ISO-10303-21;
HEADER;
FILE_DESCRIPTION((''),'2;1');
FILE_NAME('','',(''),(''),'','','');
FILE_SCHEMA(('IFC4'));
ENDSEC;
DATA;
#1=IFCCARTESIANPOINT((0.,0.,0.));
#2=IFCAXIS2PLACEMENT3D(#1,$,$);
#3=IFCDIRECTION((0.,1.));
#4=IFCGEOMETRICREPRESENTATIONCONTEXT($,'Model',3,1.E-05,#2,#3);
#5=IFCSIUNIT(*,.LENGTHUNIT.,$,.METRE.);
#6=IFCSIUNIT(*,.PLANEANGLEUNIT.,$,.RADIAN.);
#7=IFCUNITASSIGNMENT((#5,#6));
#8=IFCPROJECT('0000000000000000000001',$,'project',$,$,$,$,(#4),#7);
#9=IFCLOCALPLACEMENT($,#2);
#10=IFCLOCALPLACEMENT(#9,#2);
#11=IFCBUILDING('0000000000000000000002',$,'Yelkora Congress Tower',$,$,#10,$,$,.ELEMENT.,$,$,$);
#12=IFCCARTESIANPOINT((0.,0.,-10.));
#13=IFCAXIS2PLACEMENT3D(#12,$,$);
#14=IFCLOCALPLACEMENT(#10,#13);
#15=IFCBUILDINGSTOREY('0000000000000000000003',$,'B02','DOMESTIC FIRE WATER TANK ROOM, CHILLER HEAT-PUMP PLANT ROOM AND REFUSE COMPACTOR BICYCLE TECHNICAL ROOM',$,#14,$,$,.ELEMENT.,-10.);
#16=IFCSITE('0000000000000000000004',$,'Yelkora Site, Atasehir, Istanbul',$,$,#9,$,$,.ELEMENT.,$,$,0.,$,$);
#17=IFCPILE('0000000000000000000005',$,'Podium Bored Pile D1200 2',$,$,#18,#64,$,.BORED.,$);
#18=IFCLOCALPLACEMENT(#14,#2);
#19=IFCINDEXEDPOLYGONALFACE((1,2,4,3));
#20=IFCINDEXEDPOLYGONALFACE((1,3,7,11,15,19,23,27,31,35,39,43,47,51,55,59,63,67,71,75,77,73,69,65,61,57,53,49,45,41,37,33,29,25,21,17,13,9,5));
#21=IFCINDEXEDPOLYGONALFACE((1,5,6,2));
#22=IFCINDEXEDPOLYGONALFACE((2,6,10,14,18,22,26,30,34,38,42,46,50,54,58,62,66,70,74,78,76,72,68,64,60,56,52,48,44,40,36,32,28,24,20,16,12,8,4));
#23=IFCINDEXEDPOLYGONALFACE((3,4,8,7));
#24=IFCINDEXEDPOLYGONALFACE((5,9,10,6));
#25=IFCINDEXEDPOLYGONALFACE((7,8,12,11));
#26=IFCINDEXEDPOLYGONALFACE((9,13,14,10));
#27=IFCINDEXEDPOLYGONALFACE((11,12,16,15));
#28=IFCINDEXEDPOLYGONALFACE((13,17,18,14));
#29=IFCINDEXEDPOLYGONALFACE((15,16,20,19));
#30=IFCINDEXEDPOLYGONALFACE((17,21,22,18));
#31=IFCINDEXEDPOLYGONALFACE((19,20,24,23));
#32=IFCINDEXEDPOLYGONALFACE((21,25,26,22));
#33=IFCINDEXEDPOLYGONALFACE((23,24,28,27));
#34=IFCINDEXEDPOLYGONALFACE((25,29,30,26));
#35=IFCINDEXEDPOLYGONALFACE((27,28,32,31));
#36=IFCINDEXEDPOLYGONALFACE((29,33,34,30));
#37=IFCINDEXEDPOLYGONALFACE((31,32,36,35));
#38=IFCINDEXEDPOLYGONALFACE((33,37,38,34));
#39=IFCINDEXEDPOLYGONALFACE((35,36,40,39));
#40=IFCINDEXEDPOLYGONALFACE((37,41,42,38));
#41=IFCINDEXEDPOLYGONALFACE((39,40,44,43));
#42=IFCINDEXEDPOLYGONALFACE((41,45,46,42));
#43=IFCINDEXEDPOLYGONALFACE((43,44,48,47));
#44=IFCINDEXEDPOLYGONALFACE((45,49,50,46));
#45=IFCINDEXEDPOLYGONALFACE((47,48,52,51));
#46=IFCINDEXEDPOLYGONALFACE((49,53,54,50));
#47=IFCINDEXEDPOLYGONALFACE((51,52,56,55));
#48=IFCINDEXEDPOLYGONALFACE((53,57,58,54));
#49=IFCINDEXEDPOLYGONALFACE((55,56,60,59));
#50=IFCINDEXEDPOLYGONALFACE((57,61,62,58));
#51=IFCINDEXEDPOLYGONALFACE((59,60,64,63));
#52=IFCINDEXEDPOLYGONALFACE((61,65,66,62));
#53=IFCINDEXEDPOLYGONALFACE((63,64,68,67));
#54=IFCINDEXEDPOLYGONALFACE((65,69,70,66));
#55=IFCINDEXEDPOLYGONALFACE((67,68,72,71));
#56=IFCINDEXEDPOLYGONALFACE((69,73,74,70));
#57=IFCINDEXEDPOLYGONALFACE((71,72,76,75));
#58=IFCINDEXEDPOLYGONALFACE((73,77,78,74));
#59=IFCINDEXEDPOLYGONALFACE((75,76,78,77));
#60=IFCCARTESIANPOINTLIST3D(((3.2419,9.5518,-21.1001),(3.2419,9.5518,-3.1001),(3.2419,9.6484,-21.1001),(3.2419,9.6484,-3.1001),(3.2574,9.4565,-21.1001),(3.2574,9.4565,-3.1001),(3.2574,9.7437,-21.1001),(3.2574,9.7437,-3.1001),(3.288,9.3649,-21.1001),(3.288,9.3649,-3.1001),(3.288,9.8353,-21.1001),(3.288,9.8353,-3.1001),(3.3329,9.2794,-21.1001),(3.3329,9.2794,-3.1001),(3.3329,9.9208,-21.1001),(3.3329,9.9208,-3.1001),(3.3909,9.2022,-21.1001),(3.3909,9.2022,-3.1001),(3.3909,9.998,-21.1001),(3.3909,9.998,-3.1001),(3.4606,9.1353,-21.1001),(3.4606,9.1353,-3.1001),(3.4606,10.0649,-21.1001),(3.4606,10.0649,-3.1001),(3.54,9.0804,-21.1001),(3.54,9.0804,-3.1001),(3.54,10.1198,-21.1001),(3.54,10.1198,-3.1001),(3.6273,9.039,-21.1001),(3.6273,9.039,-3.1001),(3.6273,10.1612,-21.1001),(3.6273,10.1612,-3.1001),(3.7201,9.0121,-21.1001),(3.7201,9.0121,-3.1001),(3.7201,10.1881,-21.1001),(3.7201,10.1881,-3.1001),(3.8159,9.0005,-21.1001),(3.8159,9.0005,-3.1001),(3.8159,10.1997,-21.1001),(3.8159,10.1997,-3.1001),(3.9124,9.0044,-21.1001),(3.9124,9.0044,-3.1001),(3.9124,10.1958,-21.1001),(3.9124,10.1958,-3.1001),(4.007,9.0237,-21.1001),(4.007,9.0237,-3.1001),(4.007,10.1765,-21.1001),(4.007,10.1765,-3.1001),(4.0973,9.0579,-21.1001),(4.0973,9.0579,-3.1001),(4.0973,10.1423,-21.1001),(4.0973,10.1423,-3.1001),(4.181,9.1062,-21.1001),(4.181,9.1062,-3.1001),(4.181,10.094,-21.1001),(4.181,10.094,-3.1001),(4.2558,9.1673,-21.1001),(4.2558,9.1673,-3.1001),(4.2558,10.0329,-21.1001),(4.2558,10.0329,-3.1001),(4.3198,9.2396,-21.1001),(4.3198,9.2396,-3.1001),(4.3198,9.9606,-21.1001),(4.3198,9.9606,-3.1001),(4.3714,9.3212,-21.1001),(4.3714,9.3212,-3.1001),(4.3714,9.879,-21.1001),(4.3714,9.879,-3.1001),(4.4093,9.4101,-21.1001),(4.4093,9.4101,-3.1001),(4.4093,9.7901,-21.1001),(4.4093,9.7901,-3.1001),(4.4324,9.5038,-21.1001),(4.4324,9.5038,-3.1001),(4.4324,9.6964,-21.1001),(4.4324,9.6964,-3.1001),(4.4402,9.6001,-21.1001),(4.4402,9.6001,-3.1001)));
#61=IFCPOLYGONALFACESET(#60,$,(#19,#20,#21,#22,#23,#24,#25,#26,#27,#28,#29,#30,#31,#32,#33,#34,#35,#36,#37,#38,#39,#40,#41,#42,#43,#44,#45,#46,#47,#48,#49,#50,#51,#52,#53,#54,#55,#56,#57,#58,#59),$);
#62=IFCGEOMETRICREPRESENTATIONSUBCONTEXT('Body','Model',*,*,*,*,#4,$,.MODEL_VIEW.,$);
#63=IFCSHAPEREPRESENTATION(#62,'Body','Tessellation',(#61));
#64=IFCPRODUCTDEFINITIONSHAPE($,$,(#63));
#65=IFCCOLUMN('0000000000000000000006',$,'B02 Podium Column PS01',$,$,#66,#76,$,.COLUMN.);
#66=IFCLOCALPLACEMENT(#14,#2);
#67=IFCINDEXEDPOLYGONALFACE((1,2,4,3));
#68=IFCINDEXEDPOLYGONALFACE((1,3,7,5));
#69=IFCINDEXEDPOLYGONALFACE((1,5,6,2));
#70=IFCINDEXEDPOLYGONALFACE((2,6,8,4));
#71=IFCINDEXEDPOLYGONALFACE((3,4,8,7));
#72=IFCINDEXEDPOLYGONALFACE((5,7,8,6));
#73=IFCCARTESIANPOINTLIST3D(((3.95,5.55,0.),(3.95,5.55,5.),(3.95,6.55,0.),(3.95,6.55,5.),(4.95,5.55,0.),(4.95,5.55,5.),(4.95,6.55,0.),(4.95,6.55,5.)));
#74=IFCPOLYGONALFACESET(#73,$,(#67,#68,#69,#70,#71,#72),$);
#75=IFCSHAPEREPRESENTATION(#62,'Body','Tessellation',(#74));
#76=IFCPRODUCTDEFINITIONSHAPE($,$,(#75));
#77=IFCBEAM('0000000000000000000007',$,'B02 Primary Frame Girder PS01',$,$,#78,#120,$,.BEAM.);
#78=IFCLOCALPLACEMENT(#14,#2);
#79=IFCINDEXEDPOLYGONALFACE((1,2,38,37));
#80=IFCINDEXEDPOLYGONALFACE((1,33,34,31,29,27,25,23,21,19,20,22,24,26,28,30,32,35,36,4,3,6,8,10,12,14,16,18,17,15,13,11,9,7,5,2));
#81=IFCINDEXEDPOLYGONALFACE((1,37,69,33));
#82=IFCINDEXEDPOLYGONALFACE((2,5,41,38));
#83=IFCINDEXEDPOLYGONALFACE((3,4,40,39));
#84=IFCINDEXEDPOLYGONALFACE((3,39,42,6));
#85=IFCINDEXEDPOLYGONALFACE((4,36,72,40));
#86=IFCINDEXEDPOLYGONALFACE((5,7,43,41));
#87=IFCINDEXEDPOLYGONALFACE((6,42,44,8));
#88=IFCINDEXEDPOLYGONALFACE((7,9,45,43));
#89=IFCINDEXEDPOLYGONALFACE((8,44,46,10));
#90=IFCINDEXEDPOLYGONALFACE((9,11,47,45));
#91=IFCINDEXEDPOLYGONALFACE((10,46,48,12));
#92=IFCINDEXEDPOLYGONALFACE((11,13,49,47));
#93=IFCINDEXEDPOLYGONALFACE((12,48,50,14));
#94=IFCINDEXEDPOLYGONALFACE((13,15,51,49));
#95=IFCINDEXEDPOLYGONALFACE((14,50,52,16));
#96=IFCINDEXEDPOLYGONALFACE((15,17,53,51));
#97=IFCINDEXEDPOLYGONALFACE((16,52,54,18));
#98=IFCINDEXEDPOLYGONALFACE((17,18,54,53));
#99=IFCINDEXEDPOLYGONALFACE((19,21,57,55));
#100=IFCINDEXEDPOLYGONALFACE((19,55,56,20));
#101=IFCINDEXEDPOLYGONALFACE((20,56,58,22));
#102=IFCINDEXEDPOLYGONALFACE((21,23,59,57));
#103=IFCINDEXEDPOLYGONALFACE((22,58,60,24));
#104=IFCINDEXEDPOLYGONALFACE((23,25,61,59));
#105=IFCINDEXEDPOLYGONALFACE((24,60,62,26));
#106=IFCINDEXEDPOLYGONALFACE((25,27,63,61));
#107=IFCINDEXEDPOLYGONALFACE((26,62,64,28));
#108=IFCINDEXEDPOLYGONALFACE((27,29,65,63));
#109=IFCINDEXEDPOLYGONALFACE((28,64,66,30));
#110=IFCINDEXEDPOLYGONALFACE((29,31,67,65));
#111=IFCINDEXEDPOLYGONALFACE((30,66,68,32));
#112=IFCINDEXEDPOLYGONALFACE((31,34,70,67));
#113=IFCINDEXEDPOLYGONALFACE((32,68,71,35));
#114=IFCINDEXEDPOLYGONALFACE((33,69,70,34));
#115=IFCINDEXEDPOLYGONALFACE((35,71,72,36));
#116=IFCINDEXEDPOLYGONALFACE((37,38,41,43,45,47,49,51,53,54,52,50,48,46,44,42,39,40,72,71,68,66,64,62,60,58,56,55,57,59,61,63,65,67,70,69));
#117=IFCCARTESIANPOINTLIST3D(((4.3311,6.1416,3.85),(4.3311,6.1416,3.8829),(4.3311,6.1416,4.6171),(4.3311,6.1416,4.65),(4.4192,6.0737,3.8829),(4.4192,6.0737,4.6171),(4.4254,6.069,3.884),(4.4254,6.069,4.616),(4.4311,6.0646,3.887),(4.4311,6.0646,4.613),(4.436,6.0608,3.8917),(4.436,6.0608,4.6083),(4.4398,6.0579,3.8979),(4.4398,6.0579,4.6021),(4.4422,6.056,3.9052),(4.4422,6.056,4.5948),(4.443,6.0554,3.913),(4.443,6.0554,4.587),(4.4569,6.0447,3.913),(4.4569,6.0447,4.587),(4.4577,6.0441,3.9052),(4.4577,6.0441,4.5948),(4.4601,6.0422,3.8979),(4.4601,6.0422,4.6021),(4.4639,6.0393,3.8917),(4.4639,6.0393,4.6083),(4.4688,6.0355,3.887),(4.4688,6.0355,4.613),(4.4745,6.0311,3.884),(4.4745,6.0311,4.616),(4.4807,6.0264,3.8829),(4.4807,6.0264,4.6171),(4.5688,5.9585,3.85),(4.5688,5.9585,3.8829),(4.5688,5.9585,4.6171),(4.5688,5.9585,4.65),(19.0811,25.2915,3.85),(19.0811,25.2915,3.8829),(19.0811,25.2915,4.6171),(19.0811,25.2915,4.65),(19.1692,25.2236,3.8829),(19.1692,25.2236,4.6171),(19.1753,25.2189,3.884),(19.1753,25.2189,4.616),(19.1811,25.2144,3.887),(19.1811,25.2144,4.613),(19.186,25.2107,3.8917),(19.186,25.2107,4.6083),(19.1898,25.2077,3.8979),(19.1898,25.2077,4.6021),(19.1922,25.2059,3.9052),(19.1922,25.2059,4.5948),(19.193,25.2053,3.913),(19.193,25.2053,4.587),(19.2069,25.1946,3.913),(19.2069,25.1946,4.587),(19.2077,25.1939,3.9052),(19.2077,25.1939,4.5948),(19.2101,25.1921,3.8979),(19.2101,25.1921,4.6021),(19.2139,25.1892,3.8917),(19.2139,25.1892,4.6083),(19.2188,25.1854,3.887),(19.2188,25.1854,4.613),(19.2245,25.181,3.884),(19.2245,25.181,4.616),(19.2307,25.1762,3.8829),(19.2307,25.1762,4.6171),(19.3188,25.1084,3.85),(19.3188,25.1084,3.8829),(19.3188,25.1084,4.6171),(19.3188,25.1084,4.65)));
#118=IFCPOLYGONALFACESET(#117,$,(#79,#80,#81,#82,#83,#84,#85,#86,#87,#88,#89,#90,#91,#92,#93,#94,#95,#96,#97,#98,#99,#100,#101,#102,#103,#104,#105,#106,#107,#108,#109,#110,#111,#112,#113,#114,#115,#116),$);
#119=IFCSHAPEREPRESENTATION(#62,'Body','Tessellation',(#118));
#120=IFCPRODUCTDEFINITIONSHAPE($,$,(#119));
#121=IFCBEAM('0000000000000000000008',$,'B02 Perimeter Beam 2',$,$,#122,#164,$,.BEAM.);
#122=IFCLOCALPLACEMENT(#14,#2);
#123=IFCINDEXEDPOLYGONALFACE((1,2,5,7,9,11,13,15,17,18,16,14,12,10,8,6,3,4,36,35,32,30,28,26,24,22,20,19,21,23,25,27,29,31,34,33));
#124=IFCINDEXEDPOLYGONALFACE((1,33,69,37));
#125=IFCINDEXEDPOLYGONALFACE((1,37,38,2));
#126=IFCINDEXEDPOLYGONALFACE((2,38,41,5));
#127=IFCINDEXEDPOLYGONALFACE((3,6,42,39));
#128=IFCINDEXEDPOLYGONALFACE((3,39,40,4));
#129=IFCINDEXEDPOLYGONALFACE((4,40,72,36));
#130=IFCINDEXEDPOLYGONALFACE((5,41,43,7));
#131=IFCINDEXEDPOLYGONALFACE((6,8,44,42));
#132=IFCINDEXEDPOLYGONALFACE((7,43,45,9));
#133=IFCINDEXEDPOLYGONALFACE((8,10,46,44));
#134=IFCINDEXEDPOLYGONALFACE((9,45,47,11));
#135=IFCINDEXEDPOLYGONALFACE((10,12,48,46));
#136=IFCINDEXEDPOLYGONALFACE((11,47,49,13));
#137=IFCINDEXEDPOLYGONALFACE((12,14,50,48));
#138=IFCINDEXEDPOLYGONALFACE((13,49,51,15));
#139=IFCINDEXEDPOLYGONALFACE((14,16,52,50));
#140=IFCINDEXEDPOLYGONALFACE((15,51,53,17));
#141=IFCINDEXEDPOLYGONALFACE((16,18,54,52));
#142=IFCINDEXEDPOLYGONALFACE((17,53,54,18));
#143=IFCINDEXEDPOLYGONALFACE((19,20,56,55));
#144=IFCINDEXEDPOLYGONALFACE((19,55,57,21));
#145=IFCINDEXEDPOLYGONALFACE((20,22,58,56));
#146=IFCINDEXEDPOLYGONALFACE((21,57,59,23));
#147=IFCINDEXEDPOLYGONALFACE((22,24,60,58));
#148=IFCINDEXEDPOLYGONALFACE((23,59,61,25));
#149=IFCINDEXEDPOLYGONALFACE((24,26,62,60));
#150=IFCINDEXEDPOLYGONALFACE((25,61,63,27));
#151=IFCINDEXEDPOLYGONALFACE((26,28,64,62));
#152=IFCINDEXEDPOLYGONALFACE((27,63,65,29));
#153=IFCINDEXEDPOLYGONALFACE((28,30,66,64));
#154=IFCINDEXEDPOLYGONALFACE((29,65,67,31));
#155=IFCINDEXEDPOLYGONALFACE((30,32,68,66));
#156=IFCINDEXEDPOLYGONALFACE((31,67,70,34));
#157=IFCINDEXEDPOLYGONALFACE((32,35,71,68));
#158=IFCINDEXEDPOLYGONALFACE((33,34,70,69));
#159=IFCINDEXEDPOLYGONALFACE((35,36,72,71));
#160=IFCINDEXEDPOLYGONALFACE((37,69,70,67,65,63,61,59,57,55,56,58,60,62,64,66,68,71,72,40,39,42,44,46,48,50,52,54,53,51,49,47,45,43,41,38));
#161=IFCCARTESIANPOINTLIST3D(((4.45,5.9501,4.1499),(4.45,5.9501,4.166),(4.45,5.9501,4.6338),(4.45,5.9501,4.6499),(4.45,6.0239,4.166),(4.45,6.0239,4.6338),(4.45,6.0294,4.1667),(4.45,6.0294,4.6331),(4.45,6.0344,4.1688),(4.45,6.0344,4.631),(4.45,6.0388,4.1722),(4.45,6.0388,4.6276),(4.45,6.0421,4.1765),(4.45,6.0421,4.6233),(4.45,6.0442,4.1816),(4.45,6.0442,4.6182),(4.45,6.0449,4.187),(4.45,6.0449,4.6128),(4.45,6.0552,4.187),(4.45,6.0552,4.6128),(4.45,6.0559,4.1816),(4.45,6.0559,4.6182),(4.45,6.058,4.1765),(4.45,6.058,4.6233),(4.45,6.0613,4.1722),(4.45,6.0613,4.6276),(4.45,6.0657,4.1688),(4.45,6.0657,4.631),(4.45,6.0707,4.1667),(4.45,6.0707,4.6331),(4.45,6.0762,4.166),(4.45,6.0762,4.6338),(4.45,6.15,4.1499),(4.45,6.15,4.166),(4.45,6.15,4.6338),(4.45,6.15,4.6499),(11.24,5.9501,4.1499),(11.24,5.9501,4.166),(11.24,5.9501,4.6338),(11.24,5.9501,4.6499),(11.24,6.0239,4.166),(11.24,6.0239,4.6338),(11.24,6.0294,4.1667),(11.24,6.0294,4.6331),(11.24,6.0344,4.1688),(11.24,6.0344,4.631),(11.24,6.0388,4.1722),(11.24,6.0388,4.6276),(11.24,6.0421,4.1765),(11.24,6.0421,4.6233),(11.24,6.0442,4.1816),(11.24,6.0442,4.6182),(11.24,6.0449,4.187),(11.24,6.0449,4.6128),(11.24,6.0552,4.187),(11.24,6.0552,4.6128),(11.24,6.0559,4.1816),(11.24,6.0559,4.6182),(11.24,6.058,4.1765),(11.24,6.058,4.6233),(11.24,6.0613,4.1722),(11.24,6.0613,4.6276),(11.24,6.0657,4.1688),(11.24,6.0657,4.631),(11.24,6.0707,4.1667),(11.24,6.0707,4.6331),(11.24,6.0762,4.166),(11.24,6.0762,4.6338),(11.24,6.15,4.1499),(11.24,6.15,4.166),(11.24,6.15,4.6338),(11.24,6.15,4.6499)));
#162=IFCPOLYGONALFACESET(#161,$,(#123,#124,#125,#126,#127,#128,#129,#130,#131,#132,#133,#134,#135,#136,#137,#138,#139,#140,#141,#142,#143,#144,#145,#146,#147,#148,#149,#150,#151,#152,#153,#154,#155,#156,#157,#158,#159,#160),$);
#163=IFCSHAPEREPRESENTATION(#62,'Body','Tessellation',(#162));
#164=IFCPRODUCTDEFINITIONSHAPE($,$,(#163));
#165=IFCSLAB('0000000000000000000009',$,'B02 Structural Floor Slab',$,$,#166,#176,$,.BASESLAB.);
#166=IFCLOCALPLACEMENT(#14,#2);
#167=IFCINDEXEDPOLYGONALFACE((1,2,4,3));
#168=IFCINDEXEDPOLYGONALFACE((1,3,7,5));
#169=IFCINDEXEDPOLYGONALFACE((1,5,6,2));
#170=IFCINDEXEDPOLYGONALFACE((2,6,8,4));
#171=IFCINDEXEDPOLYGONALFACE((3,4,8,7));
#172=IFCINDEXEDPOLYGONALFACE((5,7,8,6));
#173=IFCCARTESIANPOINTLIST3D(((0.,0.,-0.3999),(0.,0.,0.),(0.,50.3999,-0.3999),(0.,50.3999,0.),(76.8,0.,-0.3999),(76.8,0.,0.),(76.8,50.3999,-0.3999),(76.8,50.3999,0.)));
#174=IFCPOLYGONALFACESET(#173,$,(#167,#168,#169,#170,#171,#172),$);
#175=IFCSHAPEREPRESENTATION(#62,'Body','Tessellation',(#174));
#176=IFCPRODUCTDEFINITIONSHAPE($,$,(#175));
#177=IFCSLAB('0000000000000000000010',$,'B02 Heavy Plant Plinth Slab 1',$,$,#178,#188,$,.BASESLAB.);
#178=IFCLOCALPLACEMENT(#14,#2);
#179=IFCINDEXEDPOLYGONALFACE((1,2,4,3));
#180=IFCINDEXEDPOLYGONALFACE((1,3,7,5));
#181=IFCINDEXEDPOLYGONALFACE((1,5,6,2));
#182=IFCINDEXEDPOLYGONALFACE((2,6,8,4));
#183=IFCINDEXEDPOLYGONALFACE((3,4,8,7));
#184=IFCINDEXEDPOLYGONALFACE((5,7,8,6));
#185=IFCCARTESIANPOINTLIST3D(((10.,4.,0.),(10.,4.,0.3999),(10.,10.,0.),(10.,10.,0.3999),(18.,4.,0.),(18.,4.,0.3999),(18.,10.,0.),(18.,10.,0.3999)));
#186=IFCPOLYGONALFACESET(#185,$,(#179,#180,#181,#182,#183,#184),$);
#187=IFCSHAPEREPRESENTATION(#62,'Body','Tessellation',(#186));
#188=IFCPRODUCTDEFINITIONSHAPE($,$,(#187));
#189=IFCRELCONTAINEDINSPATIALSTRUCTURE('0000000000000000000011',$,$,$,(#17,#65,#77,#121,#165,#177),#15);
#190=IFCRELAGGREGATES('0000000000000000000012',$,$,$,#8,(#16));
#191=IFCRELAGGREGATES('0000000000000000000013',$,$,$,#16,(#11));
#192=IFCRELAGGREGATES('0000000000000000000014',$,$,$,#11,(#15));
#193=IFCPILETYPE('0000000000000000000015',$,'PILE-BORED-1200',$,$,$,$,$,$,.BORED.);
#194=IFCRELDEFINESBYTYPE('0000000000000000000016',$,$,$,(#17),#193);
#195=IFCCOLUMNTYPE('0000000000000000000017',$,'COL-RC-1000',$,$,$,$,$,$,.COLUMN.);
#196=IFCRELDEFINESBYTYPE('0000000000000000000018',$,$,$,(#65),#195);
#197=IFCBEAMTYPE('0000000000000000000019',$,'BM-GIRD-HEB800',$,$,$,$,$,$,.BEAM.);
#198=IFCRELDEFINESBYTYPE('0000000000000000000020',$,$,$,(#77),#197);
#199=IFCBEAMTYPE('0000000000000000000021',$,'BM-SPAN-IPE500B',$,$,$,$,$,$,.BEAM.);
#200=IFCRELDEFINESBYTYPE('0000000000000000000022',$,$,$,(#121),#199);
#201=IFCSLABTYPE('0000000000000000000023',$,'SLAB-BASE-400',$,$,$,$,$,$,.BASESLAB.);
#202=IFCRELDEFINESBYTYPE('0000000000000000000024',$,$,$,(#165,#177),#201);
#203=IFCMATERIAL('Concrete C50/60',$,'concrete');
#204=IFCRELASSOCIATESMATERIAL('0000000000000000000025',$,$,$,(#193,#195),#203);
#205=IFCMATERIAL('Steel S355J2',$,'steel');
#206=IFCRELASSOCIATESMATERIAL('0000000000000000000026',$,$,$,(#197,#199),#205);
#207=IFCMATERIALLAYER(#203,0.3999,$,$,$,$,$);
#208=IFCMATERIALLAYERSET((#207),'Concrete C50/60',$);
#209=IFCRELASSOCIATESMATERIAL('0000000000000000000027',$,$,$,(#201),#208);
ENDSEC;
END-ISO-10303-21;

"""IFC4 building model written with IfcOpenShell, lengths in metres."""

from ifc_helpers import new_model, si_unit, direction, frame, origin, origin_2d, place, context, subcontext, project, spatial, polyline, rectangle, circle, i_section, outline, extrude, material, layer, layer_set, material_profile, profile_set, type_object, element, save


model = new_model("IFC4")

# Units and contexts
model_context = context("Model", 3, precision=1e-05, world=origin(), true_north=direction((0.0, 1.0)))
body_context = subcontext(model_context, "Body", "Model", "MODEL_VIEW")
ifc_project = project(units=[si_unit("LENGTHUNIT", "METRE"), si_unit("PLANEANGLEUNIT", "RADIAN")], contexts=[model_context])

# Site, building, storey
site_placement = place(None, origin())
site = spatial("IfcSite", under=ifc_project, at=site_placement, Name="Yelkora Site, Atasehir, Istanbul", CompositionType="ELEMENT", RefElevation=0.0)
building_placement = place(site_placement, origin())
building = spatial("IfcBuilding", under=site, at=building_placement, Name="Yelkora Congress Tower", CompositionType="ELEMENT")
storey_placement = place(building_placement, frame((0.0, 0.0, -10.0)))
storey = spatial("IfcBuildingStorey", under=building, at=storey_placement, Name="B02", Description="DOMESTIC FIRE WATER TANK ROOM, CHILLER HEAT-PUMP PLANT ROOM AND REFUSE COMPACTOR BICYCLE TECHNICAL ROOM", CompositionType="ELEMENT", Elevation=-10.0)

# Shared definitions
ifc_material_1 = material(Name="Concrete C50/60", Category="concrete")

# Pile
ifc_material_profile_1 = material_profile(ifc_material_1, circle(Radius=0.6001, at=origin_2d()), Name="PILE D1200")
ifc_profile_set_1 = profile_set([ifc_material_profile_1], Name="Concrete C50/60")
pile_type = type_object("IfcPileType", Name="PILE-BORED-1200", PredefinedType="BORED", material=ifc_profile_set_1)
for number, where, z_axis, x_axis, name in (
    (1, (3.8401, 9.6001, -3.1001), (0.0, 0.0, -1.0), (1.0, 0.0, 0.0), "Podium Bored Pile D1200 2"),
):
    element("IfcPile", number, at=place(storey_placement, frame(where, z_axis=z_axis, x_axis=x_axis)), inside=storey, type_object=pile_type, Name=name, PredefinedType="BORED", context=body_context, shape_type="SweptSolid", body=[
        extrude(circle(Radius=0.6001, at=origin_2d()), origin(), (0.0, 0.0, 1.0), 18.0),
    ])

# Column
ifc_material_profile_2 = material_profile(ifc_material_1, rectangle(XDim=1.0, YDim=1.0, at=origin_2d()), Name="RC 1000x1000")
ifc_profile_set_2 = profile_set([ifc_material_profile_2], Name="Concrete C50/60")
column_type = type_object("IfcColumnType", Name="COL-RC-1000", PredefinedType="COLUMN", material=ifc_profile_set_2)
column_placement = place(storey_placement, frame((4.45, 6.05, 0.0), z_axis=(0.0, 0.0, 1.0), x_axis=(1.0, 0.0, 0.0)))
element("IfcColumn", 2, at=column_placement, inside=storey, type_object=column_type, Name="B02 Podium Column PS01", PredefinedType="COLUMN", context=body_context, shape_type="SweptSolid", body=[
    extrude(rectangle(XDim=1.0, YDim=1.0, at=origin_2d()), origin(), (0.0, 0.0, 1.0), 5.0),
])

# Beams
ifc_material_2 = material(Name="Steel S355J2", Category="steel")
ifc_material_profile_3 = material_profile(ifc_material_2, i_section(OverallWidth=0.3, OverallDepth=0.8, WebThickness=0.0176, FlangeThickness=0.033, FilletRadius=0.03, at=origin_2d()), Name="HEB 800")
ifc_profile_set_3 = profile_set([ifc_material_profile_3], Name="Steel S355J2")
beam_type_1 = type_object("IfcBeamType", Name="BM-GIRD-HEB800", PredefinedType="BEAM", material=ifc_profile_set_3)
beam_1_placement = place(storey_placement, frame((4.45, 6.05, 4.25), z_axis=(0.610212, 0.792238, 0.0), x_axis=(-0.792238, 0.610212, 0.0)))
element("IfcBeam", 3, at=beam_1_placement, inside=storey, type_object=beam_type_1, Name="B02 Primary Frame Girder PS01", PredefinedType="BEAM", context=body_context, shape_type="SweptSolid", body=[
    extrude(i_section(OverallWidth=0.3, OverallDepth=0.8, WebThickness=0.0176, FlangeThickness=0.033, FilletRadius=0.03, at=origin_2d()), origin(), (0.0, 0.0, 1.0), 24.1719),
])
ifc_material_profile_4 = material_profile(ifc_material_2, i_section(OverallWidth=0.2, OverallDepth=0.5, WebThickness=0.0103, FlangeThickness=0.0161, FilletRadius=0.021, at=origin_2d()), Name="IPE 500")
ifc_profile_set_4 = profile_set([ifc_material_profile_4], Name="Steel S355J2")
beam_type_2 = type_object("IfcBeamType", Name="BM-SPAN-IPE500B", PredefinedType="BEAM", material=ifc_profile_set_4)
beam_2_placement = place(storey_placement, frame((4.45, 6.05, 4.3999), z_axis=(1.0, 0.0, 0.0), x_axis=(0.0, 1.0, 0.0)))
element("IfcBeam", 4, at=beam_2_placement, inside=storey, type_object=beam_type_2, Name="B02 Perimeter Beam 2", PredefinedType="BEAM", context=body_context, shape_type="SweptSolid", body=[
    extrude(i_section(OverallWidth=0.2, OverallDepth=0.5, WebThickness=0.0103, FlangeThickness=0.0161, FilletRadius=0.021, at=origin_2d()), origin(), (0.0, 0.0, 1.0), 6.79),
])

# Slabs
ifc_layer_1 = layer(ifc_material_1, 0.3999)
ifc_layer_set_1 = layer_set([ifc_layer_1], Name="Concrete C50/60")
slab_type_1 = type_object("IfcSlabType", Name="SLAB-BASE-400", PredefinedType="BASESLAB", material=ifc_layer_set_1)
slab_1_placement = place(storey_placement, frame((0.0, 0.0, -0.3999)))
element("IfcSlab", 5, at=slab_1_placement, inside=storey, type_object=slab_type_1, Name="B02 Structural Floor Slab", PredefinedType="BASESLAB", context=body_context, shape_type="SweptSolid", body=[
    extrude(outline(polyline([(0.0, 0.0), (76.8, 0.0), (76.8, 50.3999), (0.0, 50.3999), (0.0, 0.0)])), origin(), (0.0, 0.0, 1.0), 0.3999),
])
slab_2_placement = place(storey_placement, origin())
element("IfcSlab", 6, at=slab_2_placement, inside=storey, type_object=slab_type_1, Name="B02 Heavy Plant Plinth Slab 1", PredefinedType="BASESLAB", context=body_context, shape_type="SweptSolid", body=[
    extrude(outline(polyline([(10.0, 4.0), (18.0, 4.0), (18.0, 10.0), (10.0, 10.0), (10.0, 4.0)])), origin(), (0.0, 0.0, 1.0), 0.3999),
])

save(model, "model.ifc")
